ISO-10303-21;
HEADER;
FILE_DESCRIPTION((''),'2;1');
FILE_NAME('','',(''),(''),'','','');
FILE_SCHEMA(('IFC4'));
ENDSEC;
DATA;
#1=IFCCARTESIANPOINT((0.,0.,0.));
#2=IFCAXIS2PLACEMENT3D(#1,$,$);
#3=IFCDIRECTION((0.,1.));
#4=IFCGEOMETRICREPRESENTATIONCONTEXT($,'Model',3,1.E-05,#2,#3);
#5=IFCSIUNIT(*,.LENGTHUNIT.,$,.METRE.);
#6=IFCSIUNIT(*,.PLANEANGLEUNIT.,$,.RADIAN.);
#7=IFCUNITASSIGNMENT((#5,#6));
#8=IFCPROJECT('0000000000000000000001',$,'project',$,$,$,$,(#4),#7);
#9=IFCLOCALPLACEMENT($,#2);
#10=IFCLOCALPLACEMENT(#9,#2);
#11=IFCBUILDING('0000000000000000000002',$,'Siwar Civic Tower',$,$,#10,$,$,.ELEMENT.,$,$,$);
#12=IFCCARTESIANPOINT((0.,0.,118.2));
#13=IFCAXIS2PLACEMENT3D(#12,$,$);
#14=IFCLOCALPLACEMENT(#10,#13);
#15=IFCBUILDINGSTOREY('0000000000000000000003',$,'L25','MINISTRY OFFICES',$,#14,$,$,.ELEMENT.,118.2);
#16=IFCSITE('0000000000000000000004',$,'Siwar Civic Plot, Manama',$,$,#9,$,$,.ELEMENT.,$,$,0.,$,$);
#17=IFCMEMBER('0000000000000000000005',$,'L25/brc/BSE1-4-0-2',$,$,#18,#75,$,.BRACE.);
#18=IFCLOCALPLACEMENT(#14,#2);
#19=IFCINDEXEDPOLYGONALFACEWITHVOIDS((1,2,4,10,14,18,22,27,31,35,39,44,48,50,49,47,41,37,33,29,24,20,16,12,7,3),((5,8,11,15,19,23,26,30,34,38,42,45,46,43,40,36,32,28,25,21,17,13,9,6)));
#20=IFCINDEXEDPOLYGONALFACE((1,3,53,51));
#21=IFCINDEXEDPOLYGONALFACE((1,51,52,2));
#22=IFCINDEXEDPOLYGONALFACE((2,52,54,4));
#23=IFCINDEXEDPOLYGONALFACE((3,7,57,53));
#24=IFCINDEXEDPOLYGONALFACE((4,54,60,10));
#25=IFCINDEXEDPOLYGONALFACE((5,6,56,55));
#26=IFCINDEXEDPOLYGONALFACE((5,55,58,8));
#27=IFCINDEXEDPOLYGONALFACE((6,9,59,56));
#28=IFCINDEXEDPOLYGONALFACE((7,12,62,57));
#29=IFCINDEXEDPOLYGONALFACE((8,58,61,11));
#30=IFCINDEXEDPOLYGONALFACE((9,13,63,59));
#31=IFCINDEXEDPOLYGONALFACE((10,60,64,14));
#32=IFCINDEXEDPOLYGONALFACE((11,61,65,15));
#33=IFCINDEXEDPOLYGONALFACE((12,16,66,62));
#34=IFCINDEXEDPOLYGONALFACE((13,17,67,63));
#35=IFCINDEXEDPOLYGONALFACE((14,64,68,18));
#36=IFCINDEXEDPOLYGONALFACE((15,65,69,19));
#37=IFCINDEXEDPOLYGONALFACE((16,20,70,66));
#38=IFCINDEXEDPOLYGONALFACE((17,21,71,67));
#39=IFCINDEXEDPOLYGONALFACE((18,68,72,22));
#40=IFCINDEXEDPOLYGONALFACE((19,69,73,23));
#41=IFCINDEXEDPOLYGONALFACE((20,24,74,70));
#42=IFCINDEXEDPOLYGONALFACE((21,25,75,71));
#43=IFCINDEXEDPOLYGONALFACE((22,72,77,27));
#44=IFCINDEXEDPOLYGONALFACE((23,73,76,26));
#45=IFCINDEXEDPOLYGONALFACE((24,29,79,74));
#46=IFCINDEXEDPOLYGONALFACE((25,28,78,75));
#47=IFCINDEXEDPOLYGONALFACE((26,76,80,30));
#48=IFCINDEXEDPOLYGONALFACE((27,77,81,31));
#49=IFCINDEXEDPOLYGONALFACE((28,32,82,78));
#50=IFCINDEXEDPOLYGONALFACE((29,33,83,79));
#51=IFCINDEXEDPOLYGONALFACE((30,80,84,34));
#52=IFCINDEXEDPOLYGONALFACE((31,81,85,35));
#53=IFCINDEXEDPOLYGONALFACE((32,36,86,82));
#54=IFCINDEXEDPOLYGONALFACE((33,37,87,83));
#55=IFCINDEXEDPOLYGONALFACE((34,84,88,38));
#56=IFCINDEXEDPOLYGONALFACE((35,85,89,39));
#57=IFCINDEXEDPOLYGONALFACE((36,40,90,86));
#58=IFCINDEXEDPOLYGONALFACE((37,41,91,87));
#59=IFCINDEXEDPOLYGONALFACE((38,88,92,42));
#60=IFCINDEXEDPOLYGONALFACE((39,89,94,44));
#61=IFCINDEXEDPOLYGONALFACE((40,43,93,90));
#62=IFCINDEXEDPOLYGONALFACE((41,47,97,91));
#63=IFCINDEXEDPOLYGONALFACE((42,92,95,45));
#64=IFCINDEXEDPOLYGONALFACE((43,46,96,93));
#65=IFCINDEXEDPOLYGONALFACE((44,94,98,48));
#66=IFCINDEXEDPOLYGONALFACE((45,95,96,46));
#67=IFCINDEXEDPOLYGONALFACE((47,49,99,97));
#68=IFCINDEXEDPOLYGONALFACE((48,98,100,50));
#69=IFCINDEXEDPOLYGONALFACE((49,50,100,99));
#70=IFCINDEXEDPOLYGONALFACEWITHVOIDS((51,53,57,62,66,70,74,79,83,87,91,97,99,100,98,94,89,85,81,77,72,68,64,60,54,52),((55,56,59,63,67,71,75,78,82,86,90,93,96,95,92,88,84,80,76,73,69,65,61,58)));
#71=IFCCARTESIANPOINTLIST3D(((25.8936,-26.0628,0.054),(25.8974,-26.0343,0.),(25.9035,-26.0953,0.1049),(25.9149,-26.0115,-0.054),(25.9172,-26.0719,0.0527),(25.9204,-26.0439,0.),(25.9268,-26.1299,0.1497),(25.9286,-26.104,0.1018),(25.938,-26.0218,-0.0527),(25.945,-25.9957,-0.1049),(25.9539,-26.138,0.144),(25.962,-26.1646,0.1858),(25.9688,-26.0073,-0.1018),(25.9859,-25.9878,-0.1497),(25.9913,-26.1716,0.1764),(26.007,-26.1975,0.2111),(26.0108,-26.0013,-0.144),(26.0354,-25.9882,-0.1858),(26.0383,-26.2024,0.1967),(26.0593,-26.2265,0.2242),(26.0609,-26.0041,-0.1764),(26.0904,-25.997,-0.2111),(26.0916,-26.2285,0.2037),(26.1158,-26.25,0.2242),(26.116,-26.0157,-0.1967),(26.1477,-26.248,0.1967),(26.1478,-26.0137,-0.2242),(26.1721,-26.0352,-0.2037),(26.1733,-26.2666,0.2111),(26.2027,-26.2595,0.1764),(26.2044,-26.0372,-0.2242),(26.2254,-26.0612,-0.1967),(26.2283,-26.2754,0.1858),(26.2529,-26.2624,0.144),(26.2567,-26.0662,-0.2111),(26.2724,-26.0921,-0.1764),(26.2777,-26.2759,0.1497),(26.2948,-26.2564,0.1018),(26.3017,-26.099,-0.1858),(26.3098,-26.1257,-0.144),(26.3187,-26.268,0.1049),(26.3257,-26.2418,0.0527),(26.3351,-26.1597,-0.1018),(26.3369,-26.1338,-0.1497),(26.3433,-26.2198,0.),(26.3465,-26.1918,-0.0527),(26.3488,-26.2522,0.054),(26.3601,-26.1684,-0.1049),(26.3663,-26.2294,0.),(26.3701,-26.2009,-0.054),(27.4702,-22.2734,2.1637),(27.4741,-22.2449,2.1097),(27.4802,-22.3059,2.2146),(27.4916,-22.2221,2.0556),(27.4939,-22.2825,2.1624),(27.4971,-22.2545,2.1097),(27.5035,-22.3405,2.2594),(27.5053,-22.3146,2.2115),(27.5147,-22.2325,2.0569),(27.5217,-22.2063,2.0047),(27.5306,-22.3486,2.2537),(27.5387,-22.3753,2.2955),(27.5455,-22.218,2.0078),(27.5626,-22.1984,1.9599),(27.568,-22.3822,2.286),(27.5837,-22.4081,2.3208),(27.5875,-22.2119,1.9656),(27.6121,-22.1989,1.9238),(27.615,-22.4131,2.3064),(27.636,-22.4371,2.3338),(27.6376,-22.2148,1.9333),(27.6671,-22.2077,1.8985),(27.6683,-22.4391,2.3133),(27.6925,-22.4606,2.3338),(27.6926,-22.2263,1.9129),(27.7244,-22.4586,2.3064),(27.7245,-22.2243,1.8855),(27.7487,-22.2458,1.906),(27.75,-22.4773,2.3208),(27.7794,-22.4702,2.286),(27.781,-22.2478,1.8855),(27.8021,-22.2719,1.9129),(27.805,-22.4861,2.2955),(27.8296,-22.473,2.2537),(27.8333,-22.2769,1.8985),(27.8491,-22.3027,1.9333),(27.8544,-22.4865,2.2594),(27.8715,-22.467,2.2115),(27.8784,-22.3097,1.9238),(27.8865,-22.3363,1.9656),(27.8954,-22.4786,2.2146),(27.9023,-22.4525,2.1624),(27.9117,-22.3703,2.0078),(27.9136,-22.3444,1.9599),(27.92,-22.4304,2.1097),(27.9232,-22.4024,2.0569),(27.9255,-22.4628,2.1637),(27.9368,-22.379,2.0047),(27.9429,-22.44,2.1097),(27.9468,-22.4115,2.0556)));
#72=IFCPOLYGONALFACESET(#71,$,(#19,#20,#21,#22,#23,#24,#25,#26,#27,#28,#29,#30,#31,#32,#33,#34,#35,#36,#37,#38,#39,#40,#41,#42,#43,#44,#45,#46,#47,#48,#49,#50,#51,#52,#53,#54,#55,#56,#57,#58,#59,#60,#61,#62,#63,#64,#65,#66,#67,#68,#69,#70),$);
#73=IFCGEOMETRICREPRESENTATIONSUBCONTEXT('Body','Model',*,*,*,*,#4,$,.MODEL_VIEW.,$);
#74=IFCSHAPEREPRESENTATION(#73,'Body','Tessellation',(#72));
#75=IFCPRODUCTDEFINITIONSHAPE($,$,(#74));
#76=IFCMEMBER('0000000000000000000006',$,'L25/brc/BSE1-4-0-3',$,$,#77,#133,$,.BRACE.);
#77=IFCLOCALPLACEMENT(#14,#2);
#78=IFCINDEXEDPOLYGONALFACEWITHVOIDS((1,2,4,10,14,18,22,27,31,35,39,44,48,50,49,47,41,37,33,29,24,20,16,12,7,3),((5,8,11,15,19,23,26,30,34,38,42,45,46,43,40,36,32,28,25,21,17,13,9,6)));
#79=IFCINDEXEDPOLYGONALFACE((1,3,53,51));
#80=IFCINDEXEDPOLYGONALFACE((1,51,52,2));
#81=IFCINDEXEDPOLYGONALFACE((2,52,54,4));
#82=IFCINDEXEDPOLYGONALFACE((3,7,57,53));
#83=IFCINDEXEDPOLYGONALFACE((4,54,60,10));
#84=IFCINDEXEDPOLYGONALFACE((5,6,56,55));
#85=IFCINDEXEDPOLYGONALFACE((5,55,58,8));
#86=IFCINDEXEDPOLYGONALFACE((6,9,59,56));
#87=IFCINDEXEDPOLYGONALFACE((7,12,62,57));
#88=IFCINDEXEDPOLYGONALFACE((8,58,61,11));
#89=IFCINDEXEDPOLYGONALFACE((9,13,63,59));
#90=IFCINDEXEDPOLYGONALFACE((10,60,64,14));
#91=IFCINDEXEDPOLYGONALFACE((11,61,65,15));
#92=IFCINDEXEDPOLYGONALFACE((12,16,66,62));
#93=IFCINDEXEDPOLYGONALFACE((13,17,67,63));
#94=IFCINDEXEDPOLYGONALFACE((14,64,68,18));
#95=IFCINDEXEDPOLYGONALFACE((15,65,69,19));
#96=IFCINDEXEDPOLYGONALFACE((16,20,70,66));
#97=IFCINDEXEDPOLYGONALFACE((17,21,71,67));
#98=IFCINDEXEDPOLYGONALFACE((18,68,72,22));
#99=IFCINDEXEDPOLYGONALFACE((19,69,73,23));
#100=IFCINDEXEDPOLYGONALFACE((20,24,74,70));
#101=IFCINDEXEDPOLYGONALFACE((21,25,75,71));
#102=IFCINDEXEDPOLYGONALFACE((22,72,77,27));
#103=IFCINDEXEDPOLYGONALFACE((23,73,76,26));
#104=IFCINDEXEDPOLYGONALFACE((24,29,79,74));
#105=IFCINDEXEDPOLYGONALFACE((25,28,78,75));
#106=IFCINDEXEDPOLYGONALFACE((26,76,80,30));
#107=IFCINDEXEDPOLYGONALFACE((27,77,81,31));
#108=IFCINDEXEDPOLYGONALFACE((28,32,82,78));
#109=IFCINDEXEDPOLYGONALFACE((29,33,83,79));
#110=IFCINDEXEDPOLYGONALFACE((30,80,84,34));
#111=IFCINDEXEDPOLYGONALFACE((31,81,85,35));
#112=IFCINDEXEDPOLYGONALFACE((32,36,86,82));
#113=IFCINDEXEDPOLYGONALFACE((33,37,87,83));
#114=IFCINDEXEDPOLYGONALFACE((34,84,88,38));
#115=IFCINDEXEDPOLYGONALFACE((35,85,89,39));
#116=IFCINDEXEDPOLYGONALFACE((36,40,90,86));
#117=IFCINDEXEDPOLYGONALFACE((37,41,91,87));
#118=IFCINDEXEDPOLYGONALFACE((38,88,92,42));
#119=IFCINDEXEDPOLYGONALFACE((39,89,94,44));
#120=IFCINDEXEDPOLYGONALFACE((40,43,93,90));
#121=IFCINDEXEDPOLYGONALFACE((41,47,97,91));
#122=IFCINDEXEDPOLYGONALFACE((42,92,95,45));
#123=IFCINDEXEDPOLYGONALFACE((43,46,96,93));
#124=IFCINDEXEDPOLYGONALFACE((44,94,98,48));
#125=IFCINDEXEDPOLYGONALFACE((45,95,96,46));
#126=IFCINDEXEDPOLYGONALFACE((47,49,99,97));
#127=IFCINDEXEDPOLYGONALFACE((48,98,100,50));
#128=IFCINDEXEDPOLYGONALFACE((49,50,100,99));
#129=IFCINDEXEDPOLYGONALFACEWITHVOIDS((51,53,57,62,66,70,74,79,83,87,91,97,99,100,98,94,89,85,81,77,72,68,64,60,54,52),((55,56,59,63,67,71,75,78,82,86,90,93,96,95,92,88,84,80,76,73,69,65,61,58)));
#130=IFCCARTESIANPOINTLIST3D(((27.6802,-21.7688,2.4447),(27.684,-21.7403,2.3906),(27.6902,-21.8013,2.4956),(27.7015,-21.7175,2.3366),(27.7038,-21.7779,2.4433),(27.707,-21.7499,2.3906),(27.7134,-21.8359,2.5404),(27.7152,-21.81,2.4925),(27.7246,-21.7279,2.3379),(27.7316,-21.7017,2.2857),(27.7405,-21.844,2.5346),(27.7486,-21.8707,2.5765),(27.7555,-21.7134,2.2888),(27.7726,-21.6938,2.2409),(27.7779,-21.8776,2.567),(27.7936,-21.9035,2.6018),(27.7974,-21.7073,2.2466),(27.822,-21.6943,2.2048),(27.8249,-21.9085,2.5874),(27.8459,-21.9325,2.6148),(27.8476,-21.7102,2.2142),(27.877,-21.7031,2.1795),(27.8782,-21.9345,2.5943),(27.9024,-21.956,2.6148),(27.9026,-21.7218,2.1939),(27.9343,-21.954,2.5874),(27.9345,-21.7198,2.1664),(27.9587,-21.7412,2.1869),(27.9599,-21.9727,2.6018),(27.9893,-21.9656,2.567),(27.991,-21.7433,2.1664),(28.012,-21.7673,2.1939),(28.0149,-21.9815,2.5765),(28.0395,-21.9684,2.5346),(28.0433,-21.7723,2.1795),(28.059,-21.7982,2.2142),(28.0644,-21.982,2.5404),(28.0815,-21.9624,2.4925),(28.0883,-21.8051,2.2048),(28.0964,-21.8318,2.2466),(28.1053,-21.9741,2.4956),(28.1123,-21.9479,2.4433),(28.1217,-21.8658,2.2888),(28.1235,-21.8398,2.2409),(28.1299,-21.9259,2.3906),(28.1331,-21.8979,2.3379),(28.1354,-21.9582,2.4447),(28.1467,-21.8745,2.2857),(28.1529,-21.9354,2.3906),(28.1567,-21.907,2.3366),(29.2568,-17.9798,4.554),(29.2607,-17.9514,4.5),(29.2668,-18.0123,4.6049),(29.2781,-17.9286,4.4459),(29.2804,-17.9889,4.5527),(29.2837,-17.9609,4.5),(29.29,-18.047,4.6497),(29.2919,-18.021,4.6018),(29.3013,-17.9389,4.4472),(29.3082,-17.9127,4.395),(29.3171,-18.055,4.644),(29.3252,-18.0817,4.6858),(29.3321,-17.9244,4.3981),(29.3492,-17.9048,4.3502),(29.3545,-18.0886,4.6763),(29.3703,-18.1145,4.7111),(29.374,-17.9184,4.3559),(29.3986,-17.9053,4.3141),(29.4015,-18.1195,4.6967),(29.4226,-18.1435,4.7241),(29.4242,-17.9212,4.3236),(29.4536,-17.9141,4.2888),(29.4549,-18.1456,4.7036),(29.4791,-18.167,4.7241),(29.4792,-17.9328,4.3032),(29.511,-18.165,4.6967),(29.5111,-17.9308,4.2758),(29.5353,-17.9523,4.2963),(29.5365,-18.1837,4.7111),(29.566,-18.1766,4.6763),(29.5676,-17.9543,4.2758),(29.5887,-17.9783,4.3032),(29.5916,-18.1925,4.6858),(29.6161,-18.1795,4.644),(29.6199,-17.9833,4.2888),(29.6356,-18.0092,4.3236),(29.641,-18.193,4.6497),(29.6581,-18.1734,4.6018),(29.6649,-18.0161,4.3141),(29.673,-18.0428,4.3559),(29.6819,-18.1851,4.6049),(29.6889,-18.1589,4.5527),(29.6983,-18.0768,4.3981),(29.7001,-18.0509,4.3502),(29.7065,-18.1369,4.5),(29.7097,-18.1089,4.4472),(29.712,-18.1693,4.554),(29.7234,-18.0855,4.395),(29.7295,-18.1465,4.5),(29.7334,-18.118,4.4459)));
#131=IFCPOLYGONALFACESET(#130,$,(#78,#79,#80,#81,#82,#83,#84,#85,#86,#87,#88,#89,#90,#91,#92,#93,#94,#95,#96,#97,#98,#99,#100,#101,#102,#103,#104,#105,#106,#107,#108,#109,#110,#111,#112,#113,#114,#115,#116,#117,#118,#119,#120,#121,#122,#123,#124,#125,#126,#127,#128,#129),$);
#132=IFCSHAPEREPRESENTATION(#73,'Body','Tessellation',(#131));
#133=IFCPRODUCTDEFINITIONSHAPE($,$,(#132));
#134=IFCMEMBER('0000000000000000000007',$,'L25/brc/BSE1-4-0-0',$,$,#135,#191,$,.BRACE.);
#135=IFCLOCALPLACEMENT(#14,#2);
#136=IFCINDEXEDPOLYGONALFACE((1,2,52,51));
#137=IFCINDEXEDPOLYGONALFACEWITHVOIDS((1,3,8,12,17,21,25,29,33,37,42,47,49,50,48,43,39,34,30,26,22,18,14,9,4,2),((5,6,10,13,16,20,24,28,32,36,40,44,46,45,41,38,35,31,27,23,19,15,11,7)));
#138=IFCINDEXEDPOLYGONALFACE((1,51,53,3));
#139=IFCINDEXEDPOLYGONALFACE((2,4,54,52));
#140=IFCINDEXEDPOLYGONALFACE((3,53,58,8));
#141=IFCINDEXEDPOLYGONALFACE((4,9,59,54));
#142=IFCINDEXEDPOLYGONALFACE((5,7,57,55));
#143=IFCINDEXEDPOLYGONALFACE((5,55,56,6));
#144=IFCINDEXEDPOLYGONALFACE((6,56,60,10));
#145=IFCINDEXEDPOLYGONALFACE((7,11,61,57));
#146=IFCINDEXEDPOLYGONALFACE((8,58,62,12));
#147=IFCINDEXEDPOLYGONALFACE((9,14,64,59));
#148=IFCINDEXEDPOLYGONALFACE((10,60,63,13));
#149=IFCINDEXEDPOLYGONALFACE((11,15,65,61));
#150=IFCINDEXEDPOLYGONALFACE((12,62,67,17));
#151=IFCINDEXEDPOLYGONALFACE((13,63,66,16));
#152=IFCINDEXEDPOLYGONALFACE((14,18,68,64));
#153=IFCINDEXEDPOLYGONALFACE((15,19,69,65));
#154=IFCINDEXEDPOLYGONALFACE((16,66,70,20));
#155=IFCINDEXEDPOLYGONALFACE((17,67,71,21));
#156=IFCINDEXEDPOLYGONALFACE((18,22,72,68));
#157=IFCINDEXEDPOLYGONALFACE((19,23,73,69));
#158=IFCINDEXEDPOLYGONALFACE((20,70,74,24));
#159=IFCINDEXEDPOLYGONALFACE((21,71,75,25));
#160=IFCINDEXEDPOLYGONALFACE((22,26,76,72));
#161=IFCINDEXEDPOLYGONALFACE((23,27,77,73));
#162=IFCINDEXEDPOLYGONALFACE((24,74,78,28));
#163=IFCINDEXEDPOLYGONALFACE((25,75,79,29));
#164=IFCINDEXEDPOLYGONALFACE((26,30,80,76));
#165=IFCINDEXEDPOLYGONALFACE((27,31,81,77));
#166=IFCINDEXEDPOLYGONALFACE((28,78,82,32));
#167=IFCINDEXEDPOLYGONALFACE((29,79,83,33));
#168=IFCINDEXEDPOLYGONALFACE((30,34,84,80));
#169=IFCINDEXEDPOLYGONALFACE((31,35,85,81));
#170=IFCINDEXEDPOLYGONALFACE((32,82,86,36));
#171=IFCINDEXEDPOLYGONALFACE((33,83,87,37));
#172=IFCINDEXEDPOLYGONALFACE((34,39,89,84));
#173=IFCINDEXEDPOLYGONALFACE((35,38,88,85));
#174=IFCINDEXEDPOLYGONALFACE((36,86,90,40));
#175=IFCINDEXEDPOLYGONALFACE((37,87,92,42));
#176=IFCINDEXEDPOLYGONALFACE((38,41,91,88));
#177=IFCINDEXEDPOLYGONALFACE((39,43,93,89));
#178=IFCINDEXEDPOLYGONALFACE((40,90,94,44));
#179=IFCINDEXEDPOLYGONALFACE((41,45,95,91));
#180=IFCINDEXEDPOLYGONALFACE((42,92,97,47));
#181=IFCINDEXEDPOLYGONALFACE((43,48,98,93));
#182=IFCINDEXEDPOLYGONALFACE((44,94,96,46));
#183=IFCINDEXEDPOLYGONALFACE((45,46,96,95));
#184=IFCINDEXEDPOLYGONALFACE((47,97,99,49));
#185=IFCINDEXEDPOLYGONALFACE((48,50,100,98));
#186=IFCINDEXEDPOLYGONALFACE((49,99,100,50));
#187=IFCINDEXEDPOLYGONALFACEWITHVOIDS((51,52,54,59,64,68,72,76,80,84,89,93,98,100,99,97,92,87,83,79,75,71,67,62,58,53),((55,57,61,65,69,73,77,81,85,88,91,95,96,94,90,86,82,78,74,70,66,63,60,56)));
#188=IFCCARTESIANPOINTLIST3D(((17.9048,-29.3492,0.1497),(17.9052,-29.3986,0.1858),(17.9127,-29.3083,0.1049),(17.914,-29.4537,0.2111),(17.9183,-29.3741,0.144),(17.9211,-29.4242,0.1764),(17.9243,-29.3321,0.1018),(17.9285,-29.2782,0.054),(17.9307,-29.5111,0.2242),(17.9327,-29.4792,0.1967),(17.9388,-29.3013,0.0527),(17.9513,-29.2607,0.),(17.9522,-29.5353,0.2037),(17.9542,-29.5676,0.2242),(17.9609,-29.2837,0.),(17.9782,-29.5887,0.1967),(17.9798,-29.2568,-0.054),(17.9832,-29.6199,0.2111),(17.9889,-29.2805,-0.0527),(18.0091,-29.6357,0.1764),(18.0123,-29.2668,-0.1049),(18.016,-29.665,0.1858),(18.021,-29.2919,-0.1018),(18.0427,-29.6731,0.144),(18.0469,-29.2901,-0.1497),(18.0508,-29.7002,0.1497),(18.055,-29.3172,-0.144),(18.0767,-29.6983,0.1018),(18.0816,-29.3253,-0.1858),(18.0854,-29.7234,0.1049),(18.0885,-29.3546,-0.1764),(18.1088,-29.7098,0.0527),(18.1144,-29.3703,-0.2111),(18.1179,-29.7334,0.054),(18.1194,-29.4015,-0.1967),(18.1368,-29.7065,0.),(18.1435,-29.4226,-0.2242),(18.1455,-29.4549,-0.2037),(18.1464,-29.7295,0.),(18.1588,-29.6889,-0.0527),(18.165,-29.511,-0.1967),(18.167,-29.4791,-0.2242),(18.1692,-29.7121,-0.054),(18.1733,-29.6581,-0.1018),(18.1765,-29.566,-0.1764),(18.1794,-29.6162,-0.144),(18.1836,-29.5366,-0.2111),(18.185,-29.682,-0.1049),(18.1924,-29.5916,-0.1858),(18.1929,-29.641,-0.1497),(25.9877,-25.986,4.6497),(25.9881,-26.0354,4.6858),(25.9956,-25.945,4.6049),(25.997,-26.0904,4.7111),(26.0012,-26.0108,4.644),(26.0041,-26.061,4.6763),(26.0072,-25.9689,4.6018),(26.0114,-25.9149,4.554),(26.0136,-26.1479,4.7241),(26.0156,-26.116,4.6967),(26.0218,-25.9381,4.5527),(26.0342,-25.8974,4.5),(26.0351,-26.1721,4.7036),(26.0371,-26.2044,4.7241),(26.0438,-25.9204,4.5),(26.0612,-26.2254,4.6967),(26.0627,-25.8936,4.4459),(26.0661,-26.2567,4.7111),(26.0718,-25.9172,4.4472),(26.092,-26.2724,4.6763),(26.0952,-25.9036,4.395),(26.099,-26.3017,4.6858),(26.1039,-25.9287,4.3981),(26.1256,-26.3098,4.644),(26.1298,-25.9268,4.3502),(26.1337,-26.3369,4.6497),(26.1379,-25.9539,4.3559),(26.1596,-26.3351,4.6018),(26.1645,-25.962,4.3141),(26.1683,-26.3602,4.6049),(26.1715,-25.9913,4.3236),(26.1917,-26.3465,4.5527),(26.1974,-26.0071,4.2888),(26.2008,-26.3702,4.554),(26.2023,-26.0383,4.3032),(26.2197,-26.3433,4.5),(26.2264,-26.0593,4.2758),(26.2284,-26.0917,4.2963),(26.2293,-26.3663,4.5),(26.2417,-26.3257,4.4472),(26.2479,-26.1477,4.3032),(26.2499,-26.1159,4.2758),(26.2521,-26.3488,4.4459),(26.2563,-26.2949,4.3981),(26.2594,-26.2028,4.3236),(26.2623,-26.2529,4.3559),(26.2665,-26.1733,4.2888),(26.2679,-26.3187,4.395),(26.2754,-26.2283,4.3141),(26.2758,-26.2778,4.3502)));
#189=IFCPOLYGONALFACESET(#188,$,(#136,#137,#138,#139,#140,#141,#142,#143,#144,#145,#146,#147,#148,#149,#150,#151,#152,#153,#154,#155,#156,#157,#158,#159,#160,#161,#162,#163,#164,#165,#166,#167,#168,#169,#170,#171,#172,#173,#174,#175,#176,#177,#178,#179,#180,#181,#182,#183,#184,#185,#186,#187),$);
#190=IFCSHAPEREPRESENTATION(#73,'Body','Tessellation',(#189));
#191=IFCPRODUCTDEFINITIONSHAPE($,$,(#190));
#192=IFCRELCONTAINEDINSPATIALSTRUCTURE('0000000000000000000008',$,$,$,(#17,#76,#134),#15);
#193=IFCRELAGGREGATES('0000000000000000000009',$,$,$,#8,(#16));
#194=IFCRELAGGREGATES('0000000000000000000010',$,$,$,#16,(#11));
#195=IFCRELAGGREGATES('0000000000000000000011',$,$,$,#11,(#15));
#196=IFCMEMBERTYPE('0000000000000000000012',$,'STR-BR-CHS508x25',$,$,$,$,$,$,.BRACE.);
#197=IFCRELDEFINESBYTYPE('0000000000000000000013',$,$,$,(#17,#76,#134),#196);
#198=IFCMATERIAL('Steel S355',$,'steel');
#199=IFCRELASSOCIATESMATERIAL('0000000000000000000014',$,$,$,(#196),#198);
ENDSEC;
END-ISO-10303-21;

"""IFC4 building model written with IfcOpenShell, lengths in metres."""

from ifc_helpers import new_model, si_unit, direction, frame, origin, origin_2d, place, context, subcontext, project, spatial, hollow_circle, extrude, material, material_profile, profile_set, type_object, element, save


model = new_model("IFC4")

# Units and contexts
model_context = context("Model", 3, precision=1e-05, world=origin(), true_north=direction((0.0, 1.0)))
body_context = subcontext(model_context, "Body", "Model", "MODEL_VIEW")
ifc_project = project(units=[si_unit("LENGTHUNIT", "METRE"), si_unit("PLANEANGLEUNIT", "RADIAN")], contexts=[model_context])

# Site, building, storey
site_placement = place(None, origin())
site = spatial("IfcSite", under=ifc_project, at=site_placement, Name="Siwar Civic Plot, Manama", CompositionType="ELEMENT", RefElevation=0.0)
building_placement = place(site_placement, origin())
building = spatial("IfcBuilding", under=site, at=building_placement, Name="Siwar Civic Tower", CompositionType="ELEMENT")
storey_placement = place(building_placement, frame((0.0, 0.0, 118.2)))
storey = spatial("IfcBuildingStorey", under=building, at=storey_placement, Name="L25", Description="MINISTRY OFFICES", CompositionType="ELEMENT", Elevation=118.2)

# Members
ifc_material_1 = material(Name="Steel S355", Category="steel")
ifc_material_profile_1 = material_profile(ifc_material_1, hollow_circle(Radius=0.2539, WallThickness=0.0249, at=origin_2d()), Name="CHS508x25")
ifc_profile_set_1 = profile_set([ifc_material_profile_1], Name="Steel S355")
member_type_1 = type_object("IfcMemberType", Name="STR-BR-CHS508x25", PredefinedType="BRACE", material=ifc_profile_set_1)
member_1_placement = place(storey_placement, frame((26.1318, -26.1318, 0.0), z_axis=(0.341662, 0.821143, 0.457155), x_axis=(-0.923269, 0.384155, 0.0)))
element("IfcMember", 1, at=member_1_placement, inside=storey, type_object=member_type_1, Name="L25/brc/BSE1-4-0-2", PredefinedType="BRACE", context=body_context, shape_type="SweptSolid", body=[
    extrude(hollow_circle(Radius=0.2539, WallThickness=0.0249, at=origin_2d()), origin(), (0.0, 0.0, 1.0), 4.6147),
])
member_2_placement = place(storey_placement, frame((27.9185, -21.8379, 2.3906), z_axis=(0.341686, 0.821146, 0.457133), x_axis=(-0.92326, 0.384176, 0.0)))
element("IfcMember", 2, at=member_2_placement, inside=storey, type_object=member_type_1, Name="L25/brc/BSE1-4-0-3", PredefinedType="BRACE", context=body_context, shape_type="SweptSolid", body=[
    extrude(hollow_circle(Radius=0.2539, WallThickness=0.0249, at=origin_2d()), origin(), (0.0, 0.0, 1.0), 4.6143),
])
member_3_placement = place(storey_placement, frame((18.0488, -29.4951, 0.0), z_axis=(0.821143, 0.341671, 0.457149), x_axis=(-0.384164, 0.923265, 0.0)))
element("IfcMember", 3, at=member_3_placement, inside=storey, type_object=member_type_1, Name="L25/brc/BSE1-4-0-0", PredefinedType="BRACE", context=body_context, shape_type="SweptSolid", body=[
    extrude(hollow_circle(Radius=0.2539, WallThickness=0.0249, at=origin_2d()), origin(), (0.0, 0.0, 1.0), 9.8435),
])

save(model, "model.ifc")
